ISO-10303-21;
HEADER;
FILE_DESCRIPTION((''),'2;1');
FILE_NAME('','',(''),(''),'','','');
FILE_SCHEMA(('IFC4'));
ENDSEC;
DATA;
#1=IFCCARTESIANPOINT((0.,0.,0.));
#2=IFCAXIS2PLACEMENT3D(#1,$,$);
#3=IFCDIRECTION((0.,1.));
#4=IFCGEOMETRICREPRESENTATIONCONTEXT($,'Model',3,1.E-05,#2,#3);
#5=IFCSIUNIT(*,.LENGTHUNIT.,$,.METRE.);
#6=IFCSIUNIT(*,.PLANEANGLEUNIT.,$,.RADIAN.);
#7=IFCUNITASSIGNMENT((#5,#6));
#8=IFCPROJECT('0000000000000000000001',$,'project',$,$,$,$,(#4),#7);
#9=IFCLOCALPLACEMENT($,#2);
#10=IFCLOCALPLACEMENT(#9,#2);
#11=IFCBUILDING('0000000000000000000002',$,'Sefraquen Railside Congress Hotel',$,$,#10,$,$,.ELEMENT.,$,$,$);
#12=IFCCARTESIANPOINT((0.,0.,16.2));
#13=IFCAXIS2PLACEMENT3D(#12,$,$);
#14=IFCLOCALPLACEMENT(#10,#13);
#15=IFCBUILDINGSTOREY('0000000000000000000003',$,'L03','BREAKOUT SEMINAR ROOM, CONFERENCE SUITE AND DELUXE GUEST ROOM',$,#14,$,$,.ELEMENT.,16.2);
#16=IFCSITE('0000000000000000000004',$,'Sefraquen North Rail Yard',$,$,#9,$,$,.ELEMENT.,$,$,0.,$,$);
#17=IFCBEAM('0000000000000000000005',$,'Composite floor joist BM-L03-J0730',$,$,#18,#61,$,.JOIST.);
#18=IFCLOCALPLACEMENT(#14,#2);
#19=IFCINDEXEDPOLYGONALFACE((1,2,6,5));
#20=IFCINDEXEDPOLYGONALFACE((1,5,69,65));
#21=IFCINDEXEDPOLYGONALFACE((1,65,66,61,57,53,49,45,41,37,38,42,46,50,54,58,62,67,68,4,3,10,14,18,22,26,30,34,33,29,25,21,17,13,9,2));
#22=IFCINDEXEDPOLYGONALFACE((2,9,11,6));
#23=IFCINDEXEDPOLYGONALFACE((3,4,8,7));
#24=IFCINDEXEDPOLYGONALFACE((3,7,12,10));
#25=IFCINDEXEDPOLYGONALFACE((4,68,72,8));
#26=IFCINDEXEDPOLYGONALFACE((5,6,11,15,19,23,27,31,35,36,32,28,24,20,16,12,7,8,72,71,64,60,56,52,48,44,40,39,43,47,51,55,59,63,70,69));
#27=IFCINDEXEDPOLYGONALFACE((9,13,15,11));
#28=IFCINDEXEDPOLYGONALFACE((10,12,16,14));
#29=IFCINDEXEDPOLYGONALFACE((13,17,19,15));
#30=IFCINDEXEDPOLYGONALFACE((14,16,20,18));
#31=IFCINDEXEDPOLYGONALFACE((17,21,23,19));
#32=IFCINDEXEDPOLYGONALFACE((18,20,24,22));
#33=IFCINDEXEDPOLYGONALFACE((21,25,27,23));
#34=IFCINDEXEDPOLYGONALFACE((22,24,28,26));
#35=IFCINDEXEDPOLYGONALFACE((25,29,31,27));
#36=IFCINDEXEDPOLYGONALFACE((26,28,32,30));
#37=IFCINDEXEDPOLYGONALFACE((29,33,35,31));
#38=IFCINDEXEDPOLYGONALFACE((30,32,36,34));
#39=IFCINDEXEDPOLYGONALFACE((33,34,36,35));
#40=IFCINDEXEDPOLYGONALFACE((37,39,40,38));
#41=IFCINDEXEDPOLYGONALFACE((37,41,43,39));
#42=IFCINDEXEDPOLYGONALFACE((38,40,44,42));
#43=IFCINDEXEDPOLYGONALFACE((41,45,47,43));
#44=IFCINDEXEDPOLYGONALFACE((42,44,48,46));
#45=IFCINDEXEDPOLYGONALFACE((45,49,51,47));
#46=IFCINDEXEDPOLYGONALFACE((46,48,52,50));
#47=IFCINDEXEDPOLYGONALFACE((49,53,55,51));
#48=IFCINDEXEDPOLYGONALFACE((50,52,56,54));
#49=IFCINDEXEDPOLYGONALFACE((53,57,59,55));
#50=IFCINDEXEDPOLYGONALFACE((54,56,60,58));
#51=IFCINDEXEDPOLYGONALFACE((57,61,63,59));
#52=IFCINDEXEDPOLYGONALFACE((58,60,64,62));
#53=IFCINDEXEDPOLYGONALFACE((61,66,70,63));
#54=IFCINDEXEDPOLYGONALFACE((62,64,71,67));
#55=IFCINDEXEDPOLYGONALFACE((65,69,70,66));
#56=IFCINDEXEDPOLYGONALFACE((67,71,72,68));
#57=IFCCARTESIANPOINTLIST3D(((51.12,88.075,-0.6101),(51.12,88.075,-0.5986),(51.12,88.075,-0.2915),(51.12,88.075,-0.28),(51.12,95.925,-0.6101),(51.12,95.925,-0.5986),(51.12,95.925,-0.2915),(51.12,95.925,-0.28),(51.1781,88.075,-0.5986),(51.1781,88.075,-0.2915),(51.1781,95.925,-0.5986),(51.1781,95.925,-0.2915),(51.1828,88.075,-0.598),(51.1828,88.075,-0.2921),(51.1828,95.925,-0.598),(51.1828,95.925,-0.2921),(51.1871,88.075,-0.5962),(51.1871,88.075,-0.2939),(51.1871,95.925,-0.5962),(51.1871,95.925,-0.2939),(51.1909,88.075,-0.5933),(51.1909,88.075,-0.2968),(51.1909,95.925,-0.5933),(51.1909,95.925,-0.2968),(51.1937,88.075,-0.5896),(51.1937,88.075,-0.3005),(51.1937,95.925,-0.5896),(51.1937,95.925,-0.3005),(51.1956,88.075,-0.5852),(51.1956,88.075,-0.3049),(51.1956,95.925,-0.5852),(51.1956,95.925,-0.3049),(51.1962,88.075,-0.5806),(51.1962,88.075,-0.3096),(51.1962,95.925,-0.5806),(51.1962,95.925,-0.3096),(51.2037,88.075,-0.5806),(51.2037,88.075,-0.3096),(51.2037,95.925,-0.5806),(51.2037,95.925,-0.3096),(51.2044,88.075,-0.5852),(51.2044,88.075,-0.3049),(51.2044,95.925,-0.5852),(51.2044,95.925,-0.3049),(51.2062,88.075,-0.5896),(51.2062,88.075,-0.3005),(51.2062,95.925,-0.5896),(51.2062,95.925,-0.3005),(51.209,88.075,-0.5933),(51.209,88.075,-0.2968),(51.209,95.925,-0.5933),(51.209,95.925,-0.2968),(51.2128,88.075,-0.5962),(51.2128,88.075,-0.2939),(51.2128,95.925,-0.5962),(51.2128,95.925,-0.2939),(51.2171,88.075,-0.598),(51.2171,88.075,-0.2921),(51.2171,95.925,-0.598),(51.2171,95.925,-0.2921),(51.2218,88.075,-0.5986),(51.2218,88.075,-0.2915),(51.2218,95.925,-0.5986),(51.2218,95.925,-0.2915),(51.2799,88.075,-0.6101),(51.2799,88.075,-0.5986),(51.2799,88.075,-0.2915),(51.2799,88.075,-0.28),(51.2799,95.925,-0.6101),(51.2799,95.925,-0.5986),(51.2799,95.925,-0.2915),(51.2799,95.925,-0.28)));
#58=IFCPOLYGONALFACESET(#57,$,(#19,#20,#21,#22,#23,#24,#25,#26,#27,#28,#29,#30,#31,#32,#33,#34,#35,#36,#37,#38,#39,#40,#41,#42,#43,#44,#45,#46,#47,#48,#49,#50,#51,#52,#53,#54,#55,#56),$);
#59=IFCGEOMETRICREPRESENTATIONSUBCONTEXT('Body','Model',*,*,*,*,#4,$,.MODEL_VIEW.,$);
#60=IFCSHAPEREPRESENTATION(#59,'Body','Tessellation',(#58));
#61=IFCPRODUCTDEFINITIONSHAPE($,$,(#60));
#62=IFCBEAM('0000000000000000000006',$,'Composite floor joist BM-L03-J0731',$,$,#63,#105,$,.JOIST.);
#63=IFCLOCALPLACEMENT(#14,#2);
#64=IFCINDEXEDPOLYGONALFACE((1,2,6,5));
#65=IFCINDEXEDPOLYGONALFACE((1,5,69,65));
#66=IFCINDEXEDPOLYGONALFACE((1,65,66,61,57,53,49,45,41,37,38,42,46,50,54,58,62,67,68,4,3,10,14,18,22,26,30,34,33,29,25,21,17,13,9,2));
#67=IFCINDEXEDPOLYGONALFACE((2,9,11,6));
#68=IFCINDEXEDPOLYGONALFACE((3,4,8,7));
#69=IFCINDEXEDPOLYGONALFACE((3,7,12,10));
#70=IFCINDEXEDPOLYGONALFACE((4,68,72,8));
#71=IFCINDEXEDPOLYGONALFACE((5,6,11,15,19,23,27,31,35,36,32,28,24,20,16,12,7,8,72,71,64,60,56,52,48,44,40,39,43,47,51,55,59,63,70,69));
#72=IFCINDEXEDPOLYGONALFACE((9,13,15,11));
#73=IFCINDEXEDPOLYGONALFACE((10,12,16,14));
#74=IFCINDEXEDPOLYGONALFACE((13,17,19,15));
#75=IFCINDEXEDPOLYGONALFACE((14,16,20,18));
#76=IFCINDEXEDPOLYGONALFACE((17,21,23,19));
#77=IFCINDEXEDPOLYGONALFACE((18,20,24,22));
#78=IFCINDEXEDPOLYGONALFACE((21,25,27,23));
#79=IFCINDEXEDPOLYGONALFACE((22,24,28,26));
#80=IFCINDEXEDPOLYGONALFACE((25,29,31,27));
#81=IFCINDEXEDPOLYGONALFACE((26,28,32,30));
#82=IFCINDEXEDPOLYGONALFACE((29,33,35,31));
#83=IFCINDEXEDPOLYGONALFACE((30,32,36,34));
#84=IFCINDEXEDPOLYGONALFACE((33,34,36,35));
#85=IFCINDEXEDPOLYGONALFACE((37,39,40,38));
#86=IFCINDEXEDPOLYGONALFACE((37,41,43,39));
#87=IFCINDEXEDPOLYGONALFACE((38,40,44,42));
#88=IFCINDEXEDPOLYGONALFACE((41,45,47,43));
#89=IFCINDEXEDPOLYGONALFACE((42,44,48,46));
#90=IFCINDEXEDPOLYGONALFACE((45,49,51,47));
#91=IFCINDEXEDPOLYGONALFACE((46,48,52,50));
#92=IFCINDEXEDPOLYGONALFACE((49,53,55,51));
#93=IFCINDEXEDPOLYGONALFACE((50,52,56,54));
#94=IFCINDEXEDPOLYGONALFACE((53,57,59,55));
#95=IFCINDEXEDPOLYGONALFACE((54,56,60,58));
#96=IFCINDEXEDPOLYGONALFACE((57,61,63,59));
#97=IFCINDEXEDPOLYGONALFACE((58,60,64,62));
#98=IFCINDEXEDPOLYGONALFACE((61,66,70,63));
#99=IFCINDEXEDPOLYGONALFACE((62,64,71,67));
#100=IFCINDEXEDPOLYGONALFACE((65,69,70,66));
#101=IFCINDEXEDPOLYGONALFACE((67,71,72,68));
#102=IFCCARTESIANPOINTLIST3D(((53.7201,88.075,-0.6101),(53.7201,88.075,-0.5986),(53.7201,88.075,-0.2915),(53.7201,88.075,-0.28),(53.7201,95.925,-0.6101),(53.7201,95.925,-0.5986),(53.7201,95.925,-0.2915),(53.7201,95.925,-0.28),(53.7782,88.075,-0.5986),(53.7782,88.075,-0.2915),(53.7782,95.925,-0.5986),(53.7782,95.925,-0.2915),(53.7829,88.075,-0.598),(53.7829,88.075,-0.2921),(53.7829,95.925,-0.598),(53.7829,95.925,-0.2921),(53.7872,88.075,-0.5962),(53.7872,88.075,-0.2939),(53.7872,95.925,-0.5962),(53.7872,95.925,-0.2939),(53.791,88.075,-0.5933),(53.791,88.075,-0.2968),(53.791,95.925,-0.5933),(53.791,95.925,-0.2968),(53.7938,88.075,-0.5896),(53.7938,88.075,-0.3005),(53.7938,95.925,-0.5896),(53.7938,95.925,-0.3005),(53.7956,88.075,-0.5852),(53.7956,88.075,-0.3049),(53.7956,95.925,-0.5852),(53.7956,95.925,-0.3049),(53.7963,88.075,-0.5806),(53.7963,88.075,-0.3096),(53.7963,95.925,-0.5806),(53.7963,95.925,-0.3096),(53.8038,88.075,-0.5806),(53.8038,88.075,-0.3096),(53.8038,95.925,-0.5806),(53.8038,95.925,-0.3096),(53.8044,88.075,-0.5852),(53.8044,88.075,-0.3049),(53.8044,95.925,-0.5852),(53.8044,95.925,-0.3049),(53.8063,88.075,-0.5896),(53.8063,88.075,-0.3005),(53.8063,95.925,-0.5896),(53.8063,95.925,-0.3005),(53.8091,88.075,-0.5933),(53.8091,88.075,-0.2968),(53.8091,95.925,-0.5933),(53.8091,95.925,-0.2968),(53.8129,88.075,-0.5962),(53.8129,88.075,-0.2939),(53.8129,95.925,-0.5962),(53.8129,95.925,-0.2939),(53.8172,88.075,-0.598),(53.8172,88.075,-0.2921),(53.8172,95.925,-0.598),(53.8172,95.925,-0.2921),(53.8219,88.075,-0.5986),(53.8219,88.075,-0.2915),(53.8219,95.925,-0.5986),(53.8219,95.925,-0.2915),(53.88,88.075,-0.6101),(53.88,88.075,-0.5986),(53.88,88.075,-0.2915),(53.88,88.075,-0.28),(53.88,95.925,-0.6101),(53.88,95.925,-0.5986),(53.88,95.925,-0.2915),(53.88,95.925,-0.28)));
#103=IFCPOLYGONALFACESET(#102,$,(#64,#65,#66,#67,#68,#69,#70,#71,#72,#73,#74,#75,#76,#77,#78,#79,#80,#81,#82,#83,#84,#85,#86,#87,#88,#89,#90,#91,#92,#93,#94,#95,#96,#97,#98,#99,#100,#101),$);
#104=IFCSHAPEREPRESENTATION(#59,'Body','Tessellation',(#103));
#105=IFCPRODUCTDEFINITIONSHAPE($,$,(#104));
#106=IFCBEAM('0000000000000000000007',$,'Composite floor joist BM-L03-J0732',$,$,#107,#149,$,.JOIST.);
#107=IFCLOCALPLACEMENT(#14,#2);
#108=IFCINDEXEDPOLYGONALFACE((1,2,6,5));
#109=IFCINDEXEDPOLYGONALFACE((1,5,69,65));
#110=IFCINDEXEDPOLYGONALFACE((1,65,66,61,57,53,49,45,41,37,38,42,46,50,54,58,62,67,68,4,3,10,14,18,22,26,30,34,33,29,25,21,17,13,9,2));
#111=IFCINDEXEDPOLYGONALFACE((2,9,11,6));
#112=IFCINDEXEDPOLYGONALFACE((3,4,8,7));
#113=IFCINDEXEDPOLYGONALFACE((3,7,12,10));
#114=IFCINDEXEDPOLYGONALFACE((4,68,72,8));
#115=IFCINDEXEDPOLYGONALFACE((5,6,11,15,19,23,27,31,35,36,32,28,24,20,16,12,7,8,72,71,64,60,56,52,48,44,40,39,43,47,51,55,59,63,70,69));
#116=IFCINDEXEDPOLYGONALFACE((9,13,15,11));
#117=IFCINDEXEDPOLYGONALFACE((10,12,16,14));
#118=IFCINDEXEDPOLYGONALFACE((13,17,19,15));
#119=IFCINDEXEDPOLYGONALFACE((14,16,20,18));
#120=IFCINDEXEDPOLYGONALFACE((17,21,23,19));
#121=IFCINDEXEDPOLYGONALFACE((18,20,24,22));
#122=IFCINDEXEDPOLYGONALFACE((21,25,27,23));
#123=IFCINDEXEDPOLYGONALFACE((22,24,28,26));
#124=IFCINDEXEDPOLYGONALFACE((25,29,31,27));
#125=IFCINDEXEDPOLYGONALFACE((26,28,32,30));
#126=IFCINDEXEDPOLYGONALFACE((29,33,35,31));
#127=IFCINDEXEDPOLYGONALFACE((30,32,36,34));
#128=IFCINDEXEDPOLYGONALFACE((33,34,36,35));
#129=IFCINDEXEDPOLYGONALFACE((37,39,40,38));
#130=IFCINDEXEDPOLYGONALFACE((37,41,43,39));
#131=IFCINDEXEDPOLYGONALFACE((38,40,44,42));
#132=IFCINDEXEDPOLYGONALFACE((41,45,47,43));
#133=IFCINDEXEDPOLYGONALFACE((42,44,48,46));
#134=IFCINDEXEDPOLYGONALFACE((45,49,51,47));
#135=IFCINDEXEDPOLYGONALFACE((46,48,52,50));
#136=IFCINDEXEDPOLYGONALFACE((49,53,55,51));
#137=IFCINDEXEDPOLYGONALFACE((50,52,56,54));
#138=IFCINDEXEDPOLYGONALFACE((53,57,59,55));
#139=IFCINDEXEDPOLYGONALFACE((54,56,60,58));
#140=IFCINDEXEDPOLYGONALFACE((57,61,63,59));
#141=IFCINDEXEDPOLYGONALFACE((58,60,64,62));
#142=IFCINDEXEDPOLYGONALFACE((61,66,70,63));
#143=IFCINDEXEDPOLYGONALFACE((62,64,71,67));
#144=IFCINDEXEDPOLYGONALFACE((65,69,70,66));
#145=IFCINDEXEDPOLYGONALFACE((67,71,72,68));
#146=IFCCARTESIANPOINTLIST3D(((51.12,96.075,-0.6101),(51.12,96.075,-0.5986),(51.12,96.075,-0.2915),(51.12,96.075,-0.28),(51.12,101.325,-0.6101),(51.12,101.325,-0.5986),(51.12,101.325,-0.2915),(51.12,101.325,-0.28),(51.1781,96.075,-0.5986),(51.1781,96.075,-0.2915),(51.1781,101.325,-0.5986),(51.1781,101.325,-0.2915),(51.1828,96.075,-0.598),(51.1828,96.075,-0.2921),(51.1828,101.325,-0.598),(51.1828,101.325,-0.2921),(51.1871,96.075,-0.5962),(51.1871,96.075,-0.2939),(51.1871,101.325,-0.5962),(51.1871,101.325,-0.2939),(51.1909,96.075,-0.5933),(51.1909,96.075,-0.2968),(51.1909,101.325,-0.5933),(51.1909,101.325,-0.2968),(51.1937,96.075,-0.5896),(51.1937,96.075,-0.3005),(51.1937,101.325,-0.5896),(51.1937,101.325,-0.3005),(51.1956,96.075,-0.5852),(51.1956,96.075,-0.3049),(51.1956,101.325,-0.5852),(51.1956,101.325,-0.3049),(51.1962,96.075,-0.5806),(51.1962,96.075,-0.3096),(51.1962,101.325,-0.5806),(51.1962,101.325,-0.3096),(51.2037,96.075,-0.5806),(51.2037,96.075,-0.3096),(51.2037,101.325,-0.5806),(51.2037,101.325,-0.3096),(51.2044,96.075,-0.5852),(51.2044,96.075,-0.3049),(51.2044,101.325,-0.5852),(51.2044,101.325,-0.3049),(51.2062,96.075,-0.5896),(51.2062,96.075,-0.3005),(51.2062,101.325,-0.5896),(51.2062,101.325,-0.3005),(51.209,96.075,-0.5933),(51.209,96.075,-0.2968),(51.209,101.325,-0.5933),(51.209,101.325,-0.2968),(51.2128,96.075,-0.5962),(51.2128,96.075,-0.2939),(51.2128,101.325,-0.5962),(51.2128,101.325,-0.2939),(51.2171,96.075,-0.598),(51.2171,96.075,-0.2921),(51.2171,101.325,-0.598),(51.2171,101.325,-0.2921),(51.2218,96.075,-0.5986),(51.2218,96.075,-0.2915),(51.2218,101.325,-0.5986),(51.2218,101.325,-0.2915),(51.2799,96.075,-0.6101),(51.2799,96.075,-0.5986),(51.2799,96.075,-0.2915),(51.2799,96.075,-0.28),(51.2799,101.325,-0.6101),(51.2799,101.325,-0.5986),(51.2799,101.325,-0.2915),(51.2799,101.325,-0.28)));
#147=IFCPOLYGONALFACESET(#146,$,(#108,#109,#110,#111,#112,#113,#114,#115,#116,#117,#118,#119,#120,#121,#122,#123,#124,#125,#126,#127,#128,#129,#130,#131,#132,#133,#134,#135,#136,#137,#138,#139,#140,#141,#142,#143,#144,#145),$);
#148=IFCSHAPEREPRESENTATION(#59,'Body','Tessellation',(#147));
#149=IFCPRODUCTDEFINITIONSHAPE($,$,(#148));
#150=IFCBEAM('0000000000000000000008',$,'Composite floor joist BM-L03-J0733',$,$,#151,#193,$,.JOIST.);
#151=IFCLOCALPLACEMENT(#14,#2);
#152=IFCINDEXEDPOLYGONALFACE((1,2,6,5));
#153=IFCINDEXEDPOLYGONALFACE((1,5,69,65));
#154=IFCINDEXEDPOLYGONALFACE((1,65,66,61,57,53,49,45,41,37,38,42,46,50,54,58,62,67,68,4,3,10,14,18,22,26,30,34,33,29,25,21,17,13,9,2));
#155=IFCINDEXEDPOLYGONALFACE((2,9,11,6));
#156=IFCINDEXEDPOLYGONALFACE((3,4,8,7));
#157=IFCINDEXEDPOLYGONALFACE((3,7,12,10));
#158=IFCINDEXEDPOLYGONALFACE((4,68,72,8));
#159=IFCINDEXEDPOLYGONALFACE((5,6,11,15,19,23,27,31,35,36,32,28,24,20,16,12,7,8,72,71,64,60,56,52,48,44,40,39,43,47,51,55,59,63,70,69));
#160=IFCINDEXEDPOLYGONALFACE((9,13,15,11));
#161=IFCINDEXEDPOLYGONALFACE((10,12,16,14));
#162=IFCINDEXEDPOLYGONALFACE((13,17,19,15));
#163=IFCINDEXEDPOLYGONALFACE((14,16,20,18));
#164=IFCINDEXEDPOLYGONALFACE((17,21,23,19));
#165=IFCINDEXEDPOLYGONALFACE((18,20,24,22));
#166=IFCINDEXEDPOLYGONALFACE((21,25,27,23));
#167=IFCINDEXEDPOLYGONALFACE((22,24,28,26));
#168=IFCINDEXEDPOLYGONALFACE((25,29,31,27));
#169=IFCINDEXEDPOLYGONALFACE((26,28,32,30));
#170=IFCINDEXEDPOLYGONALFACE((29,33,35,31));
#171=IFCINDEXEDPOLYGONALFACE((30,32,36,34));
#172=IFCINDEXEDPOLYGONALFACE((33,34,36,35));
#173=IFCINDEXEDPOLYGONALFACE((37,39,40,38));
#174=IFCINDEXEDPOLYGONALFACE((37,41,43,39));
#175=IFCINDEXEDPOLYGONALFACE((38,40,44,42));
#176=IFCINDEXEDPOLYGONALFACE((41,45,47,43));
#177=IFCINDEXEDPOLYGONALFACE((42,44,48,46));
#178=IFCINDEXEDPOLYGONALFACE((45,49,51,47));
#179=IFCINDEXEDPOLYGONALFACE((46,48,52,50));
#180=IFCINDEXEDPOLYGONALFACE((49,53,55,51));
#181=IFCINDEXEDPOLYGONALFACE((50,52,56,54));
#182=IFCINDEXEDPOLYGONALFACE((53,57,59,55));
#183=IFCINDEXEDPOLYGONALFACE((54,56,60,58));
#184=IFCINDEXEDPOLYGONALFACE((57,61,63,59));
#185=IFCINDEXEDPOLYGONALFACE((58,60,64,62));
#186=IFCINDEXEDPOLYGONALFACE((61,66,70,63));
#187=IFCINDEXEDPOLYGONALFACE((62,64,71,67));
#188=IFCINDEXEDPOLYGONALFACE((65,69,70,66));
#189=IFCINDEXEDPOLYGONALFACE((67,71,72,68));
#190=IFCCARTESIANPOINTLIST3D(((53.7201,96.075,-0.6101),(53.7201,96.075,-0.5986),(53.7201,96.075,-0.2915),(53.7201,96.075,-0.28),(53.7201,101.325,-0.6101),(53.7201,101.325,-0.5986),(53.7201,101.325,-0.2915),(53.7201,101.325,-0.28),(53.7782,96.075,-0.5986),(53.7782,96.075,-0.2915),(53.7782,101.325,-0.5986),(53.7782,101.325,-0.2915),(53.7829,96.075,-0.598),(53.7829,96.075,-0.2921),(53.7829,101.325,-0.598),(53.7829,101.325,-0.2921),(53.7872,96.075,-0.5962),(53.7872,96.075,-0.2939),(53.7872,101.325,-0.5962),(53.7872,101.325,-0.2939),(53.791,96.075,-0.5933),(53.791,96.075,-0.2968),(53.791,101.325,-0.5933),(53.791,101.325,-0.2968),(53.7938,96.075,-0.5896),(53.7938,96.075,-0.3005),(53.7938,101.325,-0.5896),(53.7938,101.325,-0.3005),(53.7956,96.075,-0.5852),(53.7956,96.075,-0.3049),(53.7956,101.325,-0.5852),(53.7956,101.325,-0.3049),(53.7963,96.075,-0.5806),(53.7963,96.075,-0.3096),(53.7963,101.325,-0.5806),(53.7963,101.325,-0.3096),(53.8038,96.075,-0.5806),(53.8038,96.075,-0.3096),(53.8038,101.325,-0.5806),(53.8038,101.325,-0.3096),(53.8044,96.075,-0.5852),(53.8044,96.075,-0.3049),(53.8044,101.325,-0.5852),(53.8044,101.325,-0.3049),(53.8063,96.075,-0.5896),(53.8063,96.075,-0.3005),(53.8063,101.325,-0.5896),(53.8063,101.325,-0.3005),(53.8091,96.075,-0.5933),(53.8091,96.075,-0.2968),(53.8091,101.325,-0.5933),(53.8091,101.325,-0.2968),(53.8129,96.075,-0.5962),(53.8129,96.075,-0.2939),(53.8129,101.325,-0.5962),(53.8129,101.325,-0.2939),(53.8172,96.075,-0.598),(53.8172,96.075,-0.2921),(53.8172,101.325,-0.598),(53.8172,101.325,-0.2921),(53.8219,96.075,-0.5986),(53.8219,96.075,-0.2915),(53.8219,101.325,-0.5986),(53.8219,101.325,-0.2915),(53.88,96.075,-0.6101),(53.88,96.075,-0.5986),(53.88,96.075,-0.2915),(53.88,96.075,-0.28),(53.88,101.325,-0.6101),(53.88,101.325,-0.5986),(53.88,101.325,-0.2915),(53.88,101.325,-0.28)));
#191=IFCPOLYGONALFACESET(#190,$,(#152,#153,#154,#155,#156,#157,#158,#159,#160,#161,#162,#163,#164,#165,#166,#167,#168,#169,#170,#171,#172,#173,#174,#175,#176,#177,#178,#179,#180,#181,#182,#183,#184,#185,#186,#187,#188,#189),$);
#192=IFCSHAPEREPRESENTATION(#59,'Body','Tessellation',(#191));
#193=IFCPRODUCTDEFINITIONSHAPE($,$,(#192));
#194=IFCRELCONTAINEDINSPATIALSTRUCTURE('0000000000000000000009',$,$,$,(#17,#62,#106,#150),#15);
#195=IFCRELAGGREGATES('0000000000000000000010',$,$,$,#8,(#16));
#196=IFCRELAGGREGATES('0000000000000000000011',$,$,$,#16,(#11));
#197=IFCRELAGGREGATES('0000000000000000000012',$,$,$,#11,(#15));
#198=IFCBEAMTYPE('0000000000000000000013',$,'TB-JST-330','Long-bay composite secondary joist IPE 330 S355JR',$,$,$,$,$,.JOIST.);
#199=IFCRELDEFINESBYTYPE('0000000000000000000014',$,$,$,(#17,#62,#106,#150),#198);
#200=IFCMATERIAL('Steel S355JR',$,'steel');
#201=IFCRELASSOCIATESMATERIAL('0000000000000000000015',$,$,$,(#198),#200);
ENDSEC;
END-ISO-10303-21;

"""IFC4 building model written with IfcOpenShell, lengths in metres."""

from ifc_helpers import new_model, si_unit, direction, frame, origin, origin_2d, place, context, subcontext, project, spatial, i_section, extrude, material, material_profile, profile_set, type_object, element, save


model = new_model("IFC4")

# Units and contexts
model_context = context("Model", 3, precision=1e-05, world=origin(), true_north=direction((0.0, 1.0)))
body_context = subcontext(model_context, "Body", "Model", "MODEL_VIEW")
ifc_project = project(units=[si_unit("LENGTHUNIT", "METRE"), si_unit("PLANEANGLEUNIT", "RADIAN")], contexts=[model_context])

# Site, building, storey
site_placement = place(None, origin())
site = spatial("IfcSite", under=ifc_project, at=site_placement, Name="Sefraquen North Rail Yard", CompositionType="ELEMENT", RefElevation=0.0)
building_placement = place(site_placement, origin())
building = spatial("IfcBuilding", under=site, at=building_placement, Name="Sefraquen Railside Congress Hotel", CompositionType="ELEMENT")
storey_placement = place(building_placement, frame((0.0, 0.0, 16.2)))
storey = spatial("IfcBuildingStorey", under=building, at=storey_placement, Name="L03", Description="BREAKOUT SEMINAR ROOM, CONFERENCE SUITE AND DELUXE GUEST ROOM", CompositionType="ELEMENT", Elevation=16.2)

# Shared definitions
ifc_material_1 = material(Name="Steel S355JR", Category="steel")

# Beams
ifc_material_profile_1 = material_profile(ifc_material_1, i_section(OverallWidth=0.1599, OverallDepth=0.3301, WebThickness=0.0076, FlangeThickness=0.0115, FilletRadius=0.0181, at=origin_2d()), Name="IPE 330")
ifc_profile_set_1 = profile_set([ifc_material_profile_1], Name="Steel S355JR")
beam_type_1 = type_object("IfcBeamType", Name="TB-JST-330", Description="Long-bay composite secondary joist IPE 330 S355JR", PredefinedType="JOIST", material=ifc_profile_set_1)
for number, where, z_axis, x_axis, name in (
    (1, (51.2, 88.075, -0.4451), (0.0, 1.0, 0.0), (-1.0, 0.0, 0.0), "Composite floor joist BM-L03-J0730"),
    (2, (53.8, 88.075, -0.4451), (0.0, 1.0, 0.0), (-1.0, 0.0, 0.0), "Composite floor joist BM-L03-J0731"),
):
    element("IfcBeam", number, at=place(storey_placement, frame(where, z_axis=z_axis, x_axis=x_axis)), inside=storey, type_object=beam_type_1, Name=name, PredefinedType="JOIST", context=body_context, shape_type="SweptSolid", body=[
        extrude(i_section(OverallWidth=0.1599, OverallDepth=0.3301, WebThickness=0.0076, FlangeThickness=0.0115, FilletRadius=0.0181, at=origin_2d()), origin(), (0.0, 0.0, 1.0), 7.8501),
    ])
for number, where, z_axis, x_axis, name in (
    (3, (51.2, 96.075, -0.4451), (0.0, 1.0, 0.0), (-1.0, 0.0, 0.0), "Composite floor joist BM-L03-J0732"),
    (4, (53.8, 96.075, -0.4451), (0.0, 1.0, 0.0), (-1.0, 0.0, 0.0), "Composite floor joist BM-L03-J0733"),
):
    element("IfcBeam", number, at=place(storey_placement, frame(where, z_axis=z_axis, x_axis=x_axis)), inside=storey, type_object=beam_type_1, Name=name, PredefinedType="JOIST", context=body_context, shape_type="SweptSolid", body=[
        extrude(i_section(OverallWidth=0.1599, OverallDepth=0.3301, WebThickness=0.0076, FlangeThickness=0.0115, FilletRadius=0.0181, at=origin_2d()), origin(), (0.0, 0.0, 1.0), 5.25),
    ])

save(model, "model.ifc")
